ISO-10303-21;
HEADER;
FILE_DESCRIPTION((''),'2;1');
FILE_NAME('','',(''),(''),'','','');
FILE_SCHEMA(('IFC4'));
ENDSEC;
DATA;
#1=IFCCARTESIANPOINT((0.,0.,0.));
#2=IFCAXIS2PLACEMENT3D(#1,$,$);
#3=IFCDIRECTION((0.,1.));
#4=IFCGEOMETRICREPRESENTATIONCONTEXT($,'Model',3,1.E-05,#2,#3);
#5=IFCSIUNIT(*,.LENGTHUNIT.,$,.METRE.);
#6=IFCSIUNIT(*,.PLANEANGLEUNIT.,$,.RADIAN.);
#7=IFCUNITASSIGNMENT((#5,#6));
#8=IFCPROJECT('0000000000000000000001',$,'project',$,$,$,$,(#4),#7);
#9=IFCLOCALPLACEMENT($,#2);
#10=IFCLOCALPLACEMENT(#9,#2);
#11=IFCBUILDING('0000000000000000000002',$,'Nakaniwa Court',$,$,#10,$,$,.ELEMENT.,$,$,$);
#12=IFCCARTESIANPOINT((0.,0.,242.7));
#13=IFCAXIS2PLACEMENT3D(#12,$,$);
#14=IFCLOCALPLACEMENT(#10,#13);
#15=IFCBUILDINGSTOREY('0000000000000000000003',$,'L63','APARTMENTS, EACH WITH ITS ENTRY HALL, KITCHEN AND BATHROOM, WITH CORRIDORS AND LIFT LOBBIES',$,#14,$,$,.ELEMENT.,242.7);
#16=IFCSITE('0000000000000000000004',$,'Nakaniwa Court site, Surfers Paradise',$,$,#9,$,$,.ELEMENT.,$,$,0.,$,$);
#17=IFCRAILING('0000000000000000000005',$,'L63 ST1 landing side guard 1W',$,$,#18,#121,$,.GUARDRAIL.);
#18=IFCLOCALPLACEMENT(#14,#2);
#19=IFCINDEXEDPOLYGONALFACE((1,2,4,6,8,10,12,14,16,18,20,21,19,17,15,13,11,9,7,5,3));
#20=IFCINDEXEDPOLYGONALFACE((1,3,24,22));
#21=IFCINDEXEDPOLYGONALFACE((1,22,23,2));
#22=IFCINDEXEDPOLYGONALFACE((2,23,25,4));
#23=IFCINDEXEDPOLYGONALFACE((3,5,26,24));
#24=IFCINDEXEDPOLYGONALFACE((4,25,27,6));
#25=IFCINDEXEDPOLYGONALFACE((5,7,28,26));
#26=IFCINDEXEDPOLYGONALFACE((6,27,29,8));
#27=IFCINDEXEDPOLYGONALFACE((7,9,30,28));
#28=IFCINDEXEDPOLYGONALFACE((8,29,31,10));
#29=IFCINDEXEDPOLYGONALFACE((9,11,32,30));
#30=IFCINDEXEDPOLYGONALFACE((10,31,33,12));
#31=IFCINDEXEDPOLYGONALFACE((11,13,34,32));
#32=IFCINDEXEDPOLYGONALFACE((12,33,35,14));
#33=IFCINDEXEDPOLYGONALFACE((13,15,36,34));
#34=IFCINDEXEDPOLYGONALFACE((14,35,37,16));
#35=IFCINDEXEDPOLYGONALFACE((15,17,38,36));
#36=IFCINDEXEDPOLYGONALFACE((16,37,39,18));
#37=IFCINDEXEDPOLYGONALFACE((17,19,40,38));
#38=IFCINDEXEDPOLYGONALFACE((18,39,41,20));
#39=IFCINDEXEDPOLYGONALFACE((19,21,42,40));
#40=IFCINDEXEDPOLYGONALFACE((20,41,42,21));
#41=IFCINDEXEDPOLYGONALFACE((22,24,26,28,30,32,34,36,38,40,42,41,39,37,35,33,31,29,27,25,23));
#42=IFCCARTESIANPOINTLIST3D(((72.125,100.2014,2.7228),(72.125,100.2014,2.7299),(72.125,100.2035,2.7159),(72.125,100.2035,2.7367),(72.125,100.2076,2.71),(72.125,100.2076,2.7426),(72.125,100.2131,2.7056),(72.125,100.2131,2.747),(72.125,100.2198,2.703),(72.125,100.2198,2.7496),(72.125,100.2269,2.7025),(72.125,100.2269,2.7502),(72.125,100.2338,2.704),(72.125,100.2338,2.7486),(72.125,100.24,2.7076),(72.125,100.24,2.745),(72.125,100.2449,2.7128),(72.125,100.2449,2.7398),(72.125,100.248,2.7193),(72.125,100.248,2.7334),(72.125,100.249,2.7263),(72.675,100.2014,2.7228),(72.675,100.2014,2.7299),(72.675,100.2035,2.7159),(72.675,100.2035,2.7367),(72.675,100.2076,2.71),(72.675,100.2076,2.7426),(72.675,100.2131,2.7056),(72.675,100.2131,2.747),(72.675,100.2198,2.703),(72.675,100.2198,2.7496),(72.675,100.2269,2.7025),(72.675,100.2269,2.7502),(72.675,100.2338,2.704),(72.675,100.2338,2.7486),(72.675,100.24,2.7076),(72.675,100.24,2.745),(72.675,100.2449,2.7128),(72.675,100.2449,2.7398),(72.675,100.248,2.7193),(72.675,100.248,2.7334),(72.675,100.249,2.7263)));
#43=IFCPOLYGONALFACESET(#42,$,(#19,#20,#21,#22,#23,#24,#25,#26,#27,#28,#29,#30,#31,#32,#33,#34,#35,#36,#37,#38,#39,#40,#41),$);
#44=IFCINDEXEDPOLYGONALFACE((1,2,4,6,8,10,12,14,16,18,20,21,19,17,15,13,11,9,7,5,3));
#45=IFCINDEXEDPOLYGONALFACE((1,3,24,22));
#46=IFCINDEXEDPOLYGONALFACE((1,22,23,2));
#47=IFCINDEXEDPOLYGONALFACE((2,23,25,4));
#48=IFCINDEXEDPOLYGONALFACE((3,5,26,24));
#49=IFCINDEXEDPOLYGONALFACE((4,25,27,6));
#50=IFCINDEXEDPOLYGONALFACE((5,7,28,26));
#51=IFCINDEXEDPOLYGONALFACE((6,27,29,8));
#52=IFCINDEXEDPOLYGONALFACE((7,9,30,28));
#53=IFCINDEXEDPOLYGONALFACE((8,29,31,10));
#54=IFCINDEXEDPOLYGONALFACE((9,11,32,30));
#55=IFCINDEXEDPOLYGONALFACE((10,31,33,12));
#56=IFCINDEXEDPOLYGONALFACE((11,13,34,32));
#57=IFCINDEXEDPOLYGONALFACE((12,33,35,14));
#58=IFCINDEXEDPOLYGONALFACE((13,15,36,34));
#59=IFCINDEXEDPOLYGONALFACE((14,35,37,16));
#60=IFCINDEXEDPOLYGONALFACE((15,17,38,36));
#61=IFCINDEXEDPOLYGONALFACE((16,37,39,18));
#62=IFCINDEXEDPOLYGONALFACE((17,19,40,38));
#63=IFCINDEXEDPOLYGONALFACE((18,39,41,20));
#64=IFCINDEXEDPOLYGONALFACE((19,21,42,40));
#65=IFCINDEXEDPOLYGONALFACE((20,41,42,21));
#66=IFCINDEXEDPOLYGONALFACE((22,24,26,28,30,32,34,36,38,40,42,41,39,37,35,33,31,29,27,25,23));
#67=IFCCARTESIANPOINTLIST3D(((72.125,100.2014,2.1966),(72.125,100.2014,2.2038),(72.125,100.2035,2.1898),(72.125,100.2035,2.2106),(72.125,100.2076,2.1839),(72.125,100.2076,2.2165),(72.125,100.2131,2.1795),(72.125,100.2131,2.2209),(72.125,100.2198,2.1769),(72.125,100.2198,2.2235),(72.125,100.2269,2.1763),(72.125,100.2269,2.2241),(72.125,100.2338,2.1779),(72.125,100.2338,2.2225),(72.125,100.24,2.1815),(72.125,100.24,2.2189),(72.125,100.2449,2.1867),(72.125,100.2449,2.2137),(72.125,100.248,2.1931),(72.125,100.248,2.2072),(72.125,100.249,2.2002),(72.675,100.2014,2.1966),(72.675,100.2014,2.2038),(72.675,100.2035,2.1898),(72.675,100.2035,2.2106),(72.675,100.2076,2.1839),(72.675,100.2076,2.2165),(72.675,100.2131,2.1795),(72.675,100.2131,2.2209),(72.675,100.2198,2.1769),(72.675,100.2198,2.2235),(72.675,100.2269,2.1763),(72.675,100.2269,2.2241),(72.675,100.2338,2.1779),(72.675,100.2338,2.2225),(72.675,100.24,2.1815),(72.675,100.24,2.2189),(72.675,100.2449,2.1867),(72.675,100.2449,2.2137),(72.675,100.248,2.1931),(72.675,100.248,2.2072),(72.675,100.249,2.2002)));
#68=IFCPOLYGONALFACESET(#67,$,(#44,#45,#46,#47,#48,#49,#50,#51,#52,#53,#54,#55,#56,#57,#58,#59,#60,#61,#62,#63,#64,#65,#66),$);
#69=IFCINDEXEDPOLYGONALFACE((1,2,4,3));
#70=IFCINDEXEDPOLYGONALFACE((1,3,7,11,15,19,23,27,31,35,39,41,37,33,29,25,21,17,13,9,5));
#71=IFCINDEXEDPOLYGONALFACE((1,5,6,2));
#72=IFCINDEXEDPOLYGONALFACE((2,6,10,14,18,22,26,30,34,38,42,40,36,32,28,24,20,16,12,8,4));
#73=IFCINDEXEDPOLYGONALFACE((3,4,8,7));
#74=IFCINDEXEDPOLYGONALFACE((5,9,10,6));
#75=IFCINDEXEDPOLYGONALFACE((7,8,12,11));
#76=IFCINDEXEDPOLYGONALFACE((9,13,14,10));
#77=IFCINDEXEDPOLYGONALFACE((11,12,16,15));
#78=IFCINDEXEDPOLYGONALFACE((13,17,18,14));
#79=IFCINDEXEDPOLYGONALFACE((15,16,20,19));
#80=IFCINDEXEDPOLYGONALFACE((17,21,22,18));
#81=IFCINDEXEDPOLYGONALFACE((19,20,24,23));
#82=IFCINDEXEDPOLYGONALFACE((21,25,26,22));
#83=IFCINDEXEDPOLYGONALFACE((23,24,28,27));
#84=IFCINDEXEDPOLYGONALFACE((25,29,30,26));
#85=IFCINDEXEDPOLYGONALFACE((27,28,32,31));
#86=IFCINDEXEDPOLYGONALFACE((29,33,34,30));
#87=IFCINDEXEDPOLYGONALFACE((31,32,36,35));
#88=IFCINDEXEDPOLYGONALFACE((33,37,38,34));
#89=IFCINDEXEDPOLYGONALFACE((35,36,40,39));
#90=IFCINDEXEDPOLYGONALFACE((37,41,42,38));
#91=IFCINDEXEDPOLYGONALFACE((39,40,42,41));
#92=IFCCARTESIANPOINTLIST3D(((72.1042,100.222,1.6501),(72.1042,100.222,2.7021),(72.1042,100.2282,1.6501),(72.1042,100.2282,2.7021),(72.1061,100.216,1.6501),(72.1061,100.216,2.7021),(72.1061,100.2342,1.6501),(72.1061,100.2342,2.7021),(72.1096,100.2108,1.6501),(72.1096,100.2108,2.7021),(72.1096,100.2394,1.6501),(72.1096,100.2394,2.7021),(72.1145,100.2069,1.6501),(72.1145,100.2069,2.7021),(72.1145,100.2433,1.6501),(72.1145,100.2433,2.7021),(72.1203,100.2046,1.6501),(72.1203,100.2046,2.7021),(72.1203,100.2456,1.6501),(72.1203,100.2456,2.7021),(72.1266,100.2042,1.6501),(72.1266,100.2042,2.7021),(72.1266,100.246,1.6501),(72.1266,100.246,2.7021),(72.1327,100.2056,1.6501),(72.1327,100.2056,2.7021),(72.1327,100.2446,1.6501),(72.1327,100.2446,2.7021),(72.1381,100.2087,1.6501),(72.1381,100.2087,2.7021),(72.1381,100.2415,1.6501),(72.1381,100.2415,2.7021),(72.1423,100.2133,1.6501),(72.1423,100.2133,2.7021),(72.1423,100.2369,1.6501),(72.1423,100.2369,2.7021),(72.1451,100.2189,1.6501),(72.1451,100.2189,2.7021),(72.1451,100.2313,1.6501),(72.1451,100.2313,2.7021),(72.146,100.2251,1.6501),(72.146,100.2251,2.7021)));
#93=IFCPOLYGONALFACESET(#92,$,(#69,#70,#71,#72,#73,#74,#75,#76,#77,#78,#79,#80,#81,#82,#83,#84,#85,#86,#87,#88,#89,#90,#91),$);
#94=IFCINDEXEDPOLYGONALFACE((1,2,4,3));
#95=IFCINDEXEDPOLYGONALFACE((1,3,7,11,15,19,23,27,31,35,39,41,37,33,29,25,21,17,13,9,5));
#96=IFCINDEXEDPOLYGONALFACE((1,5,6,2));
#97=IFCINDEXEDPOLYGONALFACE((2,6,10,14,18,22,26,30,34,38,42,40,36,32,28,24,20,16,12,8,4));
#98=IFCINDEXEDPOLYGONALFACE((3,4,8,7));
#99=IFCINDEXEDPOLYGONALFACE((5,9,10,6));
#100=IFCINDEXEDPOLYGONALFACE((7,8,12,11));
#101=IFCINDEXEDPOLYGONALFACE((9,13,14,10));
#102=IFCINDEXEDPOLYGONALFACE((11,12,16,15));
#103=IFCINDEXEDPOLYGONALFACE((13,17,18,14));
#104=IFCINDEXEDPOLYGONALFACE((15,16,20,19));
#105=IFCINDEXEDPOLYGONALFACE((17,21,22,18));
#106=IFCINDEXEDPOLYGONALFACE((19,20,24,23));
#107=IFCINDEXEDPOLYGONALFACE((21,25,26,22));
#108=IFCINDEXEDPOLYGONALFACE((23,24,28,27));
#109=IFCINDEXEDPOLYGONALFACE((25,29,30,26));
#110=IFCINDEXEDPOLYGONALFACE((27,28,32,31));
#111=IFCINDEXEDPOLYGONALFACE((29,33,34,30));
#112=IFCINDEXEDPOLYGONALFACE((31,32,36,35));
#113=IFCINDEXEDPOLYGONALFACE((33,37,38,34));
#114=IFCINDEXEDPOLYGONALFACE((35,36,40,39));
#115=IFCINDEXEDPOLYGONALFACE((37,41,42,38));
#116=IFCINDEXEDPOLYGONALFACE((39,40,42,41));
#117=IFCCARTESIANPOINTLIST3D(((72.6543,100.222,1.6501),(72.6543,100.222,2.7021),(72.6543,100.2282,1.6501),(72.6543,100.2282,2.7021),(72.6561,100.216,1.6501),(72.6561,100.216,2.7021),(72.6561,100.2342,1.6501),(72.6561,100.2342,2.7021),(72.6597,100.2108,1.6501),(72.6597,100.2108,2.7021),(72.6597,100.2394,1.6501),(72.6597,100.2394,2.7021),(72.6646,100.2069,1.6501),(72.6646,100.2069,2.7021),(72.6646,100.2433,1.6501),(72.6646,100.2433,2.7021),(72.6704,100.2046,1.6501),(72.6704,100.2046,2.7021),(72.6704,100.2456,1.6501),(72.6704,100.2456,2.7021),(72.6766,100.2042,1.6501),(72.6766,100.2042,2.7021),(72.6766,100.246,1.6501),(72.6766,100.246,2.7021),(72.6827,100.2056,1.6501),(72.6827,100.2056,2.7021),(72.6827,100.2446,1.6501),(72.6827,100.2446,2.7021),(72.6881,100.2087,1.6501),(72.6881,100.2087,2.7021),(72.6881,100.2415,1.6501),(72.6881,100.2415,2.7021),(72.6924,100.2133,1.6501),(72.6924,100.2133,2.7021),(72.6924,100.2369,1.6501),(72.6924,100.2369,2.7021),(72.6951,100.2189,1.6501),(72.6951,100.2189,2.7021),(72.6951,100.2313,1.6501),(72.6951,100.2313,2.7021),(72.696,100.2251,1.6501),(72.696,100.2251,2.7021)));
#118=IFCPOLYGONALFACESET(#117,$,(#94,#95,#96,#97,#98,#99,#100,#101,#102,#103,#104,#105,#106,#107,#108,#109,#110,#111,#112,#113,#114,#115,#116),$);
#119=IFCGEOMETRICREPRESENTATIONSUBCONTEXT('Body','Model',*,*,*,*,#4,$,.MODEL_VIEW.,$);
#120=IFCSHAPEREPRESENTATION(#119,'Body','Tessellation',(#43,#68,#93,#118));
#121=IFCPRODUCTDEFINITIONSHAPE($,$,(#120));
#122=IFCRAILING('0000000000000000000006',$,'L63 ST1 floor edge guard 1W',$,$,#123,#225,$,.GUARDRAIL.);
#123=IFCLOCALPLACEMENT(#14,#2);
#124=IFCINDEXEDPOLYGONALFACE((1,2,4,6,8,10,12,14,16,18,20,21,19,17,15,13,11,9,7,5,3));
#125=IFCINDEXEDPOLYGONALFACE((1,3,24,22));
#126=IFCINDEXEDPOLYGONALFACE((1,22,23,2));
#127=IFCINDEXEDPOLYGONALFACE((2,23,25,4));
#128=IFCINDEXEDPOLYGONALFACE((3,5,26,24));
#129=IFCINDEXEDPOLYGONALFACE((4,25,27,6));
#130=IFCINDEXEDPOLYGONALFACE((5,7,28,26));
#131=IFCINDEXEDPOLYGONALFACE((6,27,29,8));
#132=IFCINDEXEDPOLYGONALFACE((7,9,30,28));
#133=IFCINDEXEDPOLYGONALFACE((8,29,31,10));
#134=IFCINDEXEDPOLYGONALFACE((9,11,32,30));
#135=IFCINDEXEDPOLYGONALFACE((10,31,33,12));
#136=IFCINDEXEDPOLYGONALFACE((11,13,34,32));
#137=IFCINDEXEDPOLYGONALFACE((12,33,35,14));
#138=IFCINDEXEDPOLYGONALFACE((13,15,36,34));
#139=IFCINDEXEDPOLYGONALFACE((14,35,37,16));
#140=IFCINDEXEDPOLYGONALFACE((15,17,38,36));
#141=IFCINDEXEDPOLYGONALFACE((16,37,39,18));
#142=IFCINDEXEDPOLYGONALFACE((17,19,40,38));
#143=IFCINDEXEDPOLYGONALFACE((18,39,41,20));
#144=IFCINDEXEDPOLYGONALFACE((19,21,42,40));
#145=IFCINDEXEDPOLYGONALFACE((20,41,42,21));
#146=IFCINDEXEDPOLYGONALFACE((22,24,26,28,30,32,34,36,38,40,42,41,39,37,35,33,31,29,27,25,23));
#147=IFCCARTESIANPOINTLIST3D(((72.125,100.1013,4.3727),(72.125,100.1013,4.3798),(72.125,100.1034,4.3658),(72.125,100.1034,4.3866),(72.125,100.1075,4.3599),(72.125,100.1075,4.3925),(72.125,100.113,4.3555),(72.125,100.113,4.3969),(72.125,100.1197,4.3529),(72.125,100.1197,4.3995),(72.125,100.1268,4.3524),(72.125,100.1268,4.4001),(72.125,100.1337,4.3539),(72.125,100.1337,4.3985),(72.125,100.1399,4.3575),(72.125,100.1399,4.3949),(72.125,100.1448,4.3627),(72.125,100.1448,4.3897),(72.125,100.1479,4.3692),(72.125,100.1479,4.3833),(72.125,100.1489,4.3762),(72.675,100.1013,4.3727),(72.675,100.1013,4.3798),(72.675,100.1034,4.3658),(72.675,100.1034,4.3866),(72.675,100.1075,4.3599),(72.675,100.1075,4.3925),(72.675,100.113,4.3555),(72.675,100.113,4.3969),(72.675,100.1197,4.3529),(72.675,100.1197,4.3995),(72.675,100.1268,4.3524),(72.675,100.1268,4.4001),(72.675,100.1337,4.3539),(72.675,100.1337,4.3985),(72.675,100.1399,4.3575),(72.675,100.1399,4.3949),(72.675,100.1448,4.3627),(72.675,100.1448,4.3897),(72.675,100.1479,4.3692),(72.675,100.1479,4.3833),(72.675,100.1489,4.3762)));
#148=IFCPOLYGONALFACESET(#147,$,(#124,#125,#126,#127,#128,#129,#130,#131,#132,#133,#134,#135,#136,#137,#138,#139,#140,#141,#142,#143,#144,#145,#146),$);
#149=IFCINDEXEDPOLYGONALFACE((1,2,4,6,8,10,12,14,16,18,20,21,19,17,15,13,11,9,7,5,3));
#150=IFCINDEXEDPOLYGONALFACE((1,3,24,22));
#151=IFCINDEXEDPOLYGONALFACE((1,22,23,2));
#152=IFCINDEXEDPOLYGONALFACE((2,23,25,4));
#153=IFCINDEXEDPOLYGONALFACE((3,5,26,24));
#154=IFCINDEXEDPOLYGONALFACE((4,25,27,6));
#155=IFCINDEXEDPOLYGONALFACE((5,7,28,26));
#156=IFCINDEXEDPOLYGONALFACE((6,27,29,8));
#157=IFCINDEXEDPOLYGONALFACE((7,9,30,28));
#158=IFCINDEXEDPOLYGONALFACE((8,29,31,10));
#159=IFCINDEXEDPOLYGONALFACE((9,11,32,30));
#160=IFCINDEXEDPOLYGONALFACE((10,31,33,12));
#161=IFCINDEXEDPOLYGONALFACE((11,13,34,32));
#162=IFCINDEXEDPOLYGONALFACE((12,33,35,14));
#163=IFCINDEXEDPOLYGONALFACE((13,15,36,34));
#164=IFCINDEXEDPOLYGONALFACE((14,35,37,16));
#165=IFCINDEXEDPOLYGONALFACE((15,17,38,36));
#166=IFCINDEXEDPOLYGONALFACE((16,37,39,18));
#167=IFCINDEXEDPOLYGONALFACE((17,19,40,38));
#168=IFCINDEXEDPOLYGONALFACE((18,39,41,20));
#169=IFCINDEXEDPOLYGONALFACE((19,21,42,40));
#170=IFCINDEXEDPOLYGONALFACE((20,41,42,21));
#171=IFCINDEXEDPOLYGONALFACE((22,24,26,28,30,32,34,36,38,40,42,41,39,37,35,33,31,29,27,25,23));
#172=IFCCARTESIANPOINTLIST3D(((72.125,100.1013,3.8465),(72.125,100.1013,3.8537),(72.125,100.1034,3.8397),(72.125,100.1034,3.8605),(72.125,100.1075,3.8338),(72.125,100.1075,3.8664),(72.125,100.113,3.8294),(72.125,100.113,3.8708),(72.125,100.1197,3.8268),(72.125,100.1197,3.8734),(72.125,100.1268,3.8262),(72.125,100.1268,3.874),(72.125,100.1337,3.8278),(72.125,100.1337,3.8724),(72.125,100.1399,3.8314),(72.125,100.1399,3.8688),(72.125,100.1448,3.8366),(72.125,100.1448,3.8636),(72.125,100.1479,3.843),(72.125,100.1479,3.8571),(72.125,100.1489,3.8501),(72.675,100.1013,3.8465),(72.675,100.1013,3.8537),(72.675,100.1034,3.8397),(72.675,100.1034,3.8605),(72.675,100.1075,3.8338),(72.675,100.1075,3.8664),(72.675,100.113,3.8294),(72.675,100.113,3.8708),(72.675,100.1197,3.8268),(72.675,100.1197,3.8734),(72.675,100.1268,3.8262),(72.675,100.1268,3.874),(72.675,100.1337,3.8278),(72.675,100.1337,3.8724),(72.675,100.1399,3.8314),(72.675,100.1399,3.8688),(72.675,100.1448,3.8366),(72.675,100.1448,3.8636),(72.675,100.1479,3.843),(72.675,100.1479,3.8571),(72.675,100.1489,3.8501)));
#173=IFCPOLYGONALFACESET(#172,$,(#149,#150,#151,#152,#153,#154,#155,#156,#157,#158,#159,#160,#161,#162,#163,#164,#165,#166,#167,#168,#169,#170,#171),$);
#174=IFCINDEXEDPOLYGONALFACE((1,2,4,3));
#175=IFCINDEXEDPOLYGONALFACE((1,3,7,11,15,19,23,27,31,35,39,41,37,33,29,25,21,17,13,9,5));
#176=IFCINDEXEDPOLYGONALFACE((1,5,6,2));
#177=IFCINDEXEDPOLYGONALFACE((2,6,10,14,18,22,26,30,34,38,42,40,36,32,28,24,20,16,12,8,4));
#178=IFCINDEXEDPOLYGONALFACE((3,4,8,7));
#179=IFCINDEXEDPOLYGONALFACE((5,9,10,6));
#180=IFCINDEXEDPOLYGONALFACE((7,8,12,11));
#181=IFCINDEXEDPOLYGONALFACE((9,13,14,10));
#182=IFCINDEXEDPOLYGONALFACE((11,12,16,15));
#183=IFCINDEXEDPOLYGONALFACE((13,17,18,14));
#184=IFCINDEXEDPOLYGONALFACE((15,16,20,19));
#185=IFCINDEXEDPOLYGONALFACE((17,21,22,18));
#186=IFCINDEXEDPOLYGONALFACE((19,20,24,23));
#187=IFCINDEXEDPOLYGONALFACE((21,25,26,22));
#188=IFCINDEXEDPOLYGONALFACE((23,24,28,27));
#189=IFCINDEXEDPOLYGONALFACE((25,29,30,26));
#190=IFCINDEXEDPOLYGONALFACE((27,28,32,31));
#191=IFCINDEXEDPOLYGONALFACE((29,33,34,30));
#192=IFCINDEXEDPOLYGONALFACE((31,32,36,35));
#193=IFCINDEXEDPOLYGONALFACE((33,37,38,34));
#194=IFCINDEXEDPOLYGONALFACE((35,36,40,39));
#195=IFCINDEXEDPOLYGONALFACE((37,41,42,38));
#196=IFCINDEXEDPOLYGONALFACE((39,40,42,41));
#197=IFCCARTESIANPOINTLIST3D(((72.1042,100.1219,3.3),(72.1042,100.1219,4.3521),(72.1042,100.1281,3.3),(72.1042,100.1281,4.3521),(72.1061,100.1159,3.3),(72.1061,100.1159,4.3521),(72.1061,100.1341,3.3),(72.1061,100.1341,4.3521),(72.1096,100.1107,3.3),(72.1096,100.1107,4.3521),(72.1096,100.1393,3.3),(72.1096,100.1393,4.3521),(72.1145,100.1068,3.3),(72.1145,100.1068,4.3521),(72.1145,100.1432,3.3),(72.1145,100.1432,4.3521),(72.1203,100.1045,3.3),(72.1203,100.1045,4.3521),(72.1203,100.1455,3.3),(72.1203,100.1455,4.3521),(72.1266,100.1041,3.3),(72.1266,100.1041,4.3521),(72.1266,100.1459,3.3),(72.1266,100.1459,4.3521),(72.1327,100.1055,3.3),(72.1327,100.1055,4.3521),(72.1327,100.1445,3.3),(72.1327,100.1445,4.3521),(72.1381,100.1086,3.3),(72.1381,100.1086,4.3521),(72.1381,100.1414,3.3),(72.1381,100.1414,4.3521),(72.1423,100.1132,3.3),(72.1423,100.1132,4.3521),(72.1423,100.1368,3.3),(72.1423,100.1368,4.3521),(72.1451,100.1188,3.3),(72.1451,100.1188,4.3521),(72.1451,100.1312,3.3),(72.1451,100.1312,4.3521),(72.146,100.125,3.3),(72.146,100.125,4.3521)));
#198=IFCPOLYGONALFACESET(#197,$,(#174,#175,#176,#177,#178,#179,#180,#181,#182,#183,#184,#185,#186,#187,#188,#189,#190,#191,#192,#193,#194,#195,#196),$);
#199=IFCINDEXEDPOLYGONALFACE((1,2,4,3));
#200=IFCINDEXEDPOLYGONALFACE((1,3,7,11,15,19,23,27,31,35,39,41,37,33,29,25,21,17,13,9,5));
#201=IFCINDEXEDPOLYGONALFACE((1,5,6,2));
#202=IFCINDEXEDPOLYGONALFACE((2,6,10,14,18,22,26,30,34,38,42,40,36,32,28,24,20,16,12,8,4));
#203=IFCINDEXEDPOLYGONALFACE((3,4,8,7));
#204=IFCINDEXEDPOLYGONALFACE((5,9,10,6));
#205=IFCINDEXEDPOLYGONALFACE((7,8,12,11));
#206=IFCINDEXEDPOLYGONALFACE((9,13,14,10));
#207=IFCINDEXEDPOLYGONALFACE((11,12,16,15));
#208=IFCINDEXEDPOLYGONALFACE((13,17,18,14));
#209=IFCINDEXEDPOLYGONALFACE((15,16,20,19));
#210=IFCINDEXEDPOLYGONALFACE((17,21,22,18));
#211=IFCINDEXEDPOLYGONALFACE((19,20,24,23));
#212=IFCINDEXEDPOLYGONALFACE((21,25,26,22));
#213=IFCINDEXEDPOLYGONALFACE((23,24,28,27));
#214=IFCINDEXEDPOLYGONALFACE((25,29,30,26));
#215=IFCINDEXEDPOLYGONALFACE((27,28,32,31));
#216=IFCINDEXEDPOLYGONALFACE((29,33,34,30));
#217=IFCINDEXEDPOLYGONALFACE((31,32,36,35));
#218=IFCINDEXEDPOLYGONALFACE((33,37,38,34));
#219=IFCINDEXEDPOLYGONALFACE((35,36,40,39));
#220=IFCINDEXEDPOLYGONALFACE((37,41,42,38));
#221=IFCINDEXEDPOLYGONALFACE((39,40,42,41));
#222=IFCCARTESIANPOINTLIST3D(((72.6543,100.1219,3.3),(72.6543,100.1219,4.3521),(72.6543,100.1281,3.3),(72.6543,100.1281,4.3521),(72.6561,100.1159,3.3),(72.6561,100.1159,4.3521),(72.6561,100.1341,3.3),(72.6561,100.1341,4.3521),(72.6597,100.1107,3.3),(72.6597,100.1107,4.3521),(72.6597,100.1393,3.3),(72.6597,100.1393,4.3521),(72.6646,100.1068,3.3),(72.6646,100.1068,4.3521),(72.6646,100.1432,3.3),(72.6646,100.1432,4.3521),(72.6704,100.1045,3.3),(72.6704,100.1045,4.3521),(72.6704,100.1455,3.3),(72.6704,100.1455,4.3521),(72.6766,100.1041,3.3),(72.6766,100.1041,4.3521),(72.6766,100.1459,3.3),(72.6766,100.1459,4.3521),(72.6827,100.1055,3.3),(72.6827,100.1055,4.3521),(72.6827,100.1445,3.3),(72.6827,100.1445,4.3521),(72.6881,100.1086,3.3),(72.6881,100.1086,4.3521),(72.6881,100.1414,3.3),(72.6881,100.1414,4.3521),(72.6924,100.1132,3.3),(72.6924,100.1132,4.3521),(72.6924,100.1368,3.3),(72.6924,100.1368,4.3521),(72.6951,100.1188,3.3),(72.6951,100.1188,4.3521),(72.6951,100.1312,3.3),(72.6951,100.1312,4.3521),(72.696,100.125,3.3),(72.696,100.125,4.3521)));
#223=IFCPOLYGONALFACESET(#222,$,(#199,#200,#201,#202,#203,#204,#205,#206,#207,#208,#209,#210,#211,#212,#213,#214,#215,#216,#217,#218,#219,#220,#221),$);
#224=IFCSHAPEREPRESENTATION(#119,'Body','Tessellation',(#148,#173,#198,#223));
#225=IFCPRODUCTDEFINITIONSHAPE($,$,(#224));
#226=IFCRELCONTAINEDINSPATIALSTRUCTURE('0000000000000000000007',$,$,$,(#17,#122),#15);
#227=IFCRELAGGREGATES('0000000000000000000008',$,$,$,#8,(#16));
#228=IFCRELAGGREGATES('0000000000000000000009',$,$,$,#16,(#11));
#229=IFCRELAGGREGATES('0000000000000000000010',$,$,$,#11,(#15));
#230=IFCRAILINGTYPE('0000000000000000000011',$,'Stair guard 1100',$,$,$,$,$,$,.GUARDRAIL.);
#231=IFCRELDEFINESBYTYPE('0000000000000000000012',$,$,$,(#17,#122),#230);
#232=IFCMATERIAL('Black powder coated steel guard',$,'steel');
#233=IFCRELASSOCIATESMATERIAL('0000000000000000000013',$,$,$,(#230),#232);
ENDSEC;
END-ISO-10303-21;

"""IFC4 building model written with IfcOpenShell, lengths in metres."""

from ifc_helpers import new_model, si_unit, direction, frame, origin, origin_2d, place, context, subcontext, project, spatial, circle, extrude, material, type_object, element, save


model = new_model("IFC4")

# Units and contexts
model_context = context("Model", 3, precision=1e-05, world=origin(), true_north=direction((0.0, 1.0)))
body_context = subcontext(model_context, "Body", "Model", "MODEL_VIEW")
ifc_project = project(units=[si_unit("LENGTHUNIT", "METRE"), si_unit("PLANEANGLEUNIT", "RADIAN")], contexts=[model_context])

# Site, building, storey
site_placement = place(None, origin())
site = spatial("IfcSite", under=ifc_project, at=site_placement, Name="Nakaniwa Court site, Surfers Paradise", CompositionType="ELEMENT", RefElevation=0.0)
building_placement = place(site_placement, origin())
building = spatial("IfcBuilding", under=site, at=building_placement, Name="Nakaniwa Court", CompositionType="ELEMENT")
storey_placement = place(building_placement, frame((0.0, 0.0, 242.7)))
storey = spatial("IfcBuildingStorey", under=building, at=storey_placement, Name="L63", Description="APARTMENTS, EACH WITH ITS ENTRY HALL, KITCHEN AND BATHROOM, WITH CORRIDORS AND LIFT LOBBIES", CompositionType="ELEMENT", Elevation=242.7)

# Railings
ifc_material_1 = material(Name="Black powder coated steel guard", Category="steel")
railing_type_1 = type_object("IfcRailingType", Name="Stair guard 1100", PredefinedType="GUARDRAIL", material=ifc_material_1)
for number, where, name in (
    (1, (72.125, 100.2251, 1.6501), "L63 ST1 landing side guard 1W"),
    (2, (72.125, 100.125, 3.3), "L63 ST1 floor edge guard 1W"),
):
    element("IfcRailing", number, at=place(storey_placement, frame(where)), inside=storey, type_object=railing_type_1, Name=name, PredefinedType="GUARDRAIL", context=body_context, shape_type="SweptSolid", body=[
        extrude(circle(Radius=0.0239, at=origin_2d()), frame((0.0, 0.0, 1.0762), z_axis=(1.0, 0.0, 0.0), x_axis=(0.0, 1.0, 0.0)), (0.0, 0.0, 1.0), 0.55),
        extrude(circle(Radius=0.0239, at=origin_2d()), frame((0.0, 0.0, 0.55), z_axis=(1.0, 0.0, 0.0), x_axis=(0.0, 1.0, 0.0)), (0.0, 0.0, 1.0), 0.55),
        extrude(circle(Radius=0.021, at=origin_2d()), origin(), (0.0, 0.0, 1.0), 1.052),
        extrude(circle(Radius=0.021, at=origin_2d()), frame((0.55, 0.0, 0.0)), (0.0, 0.0, 1.0), 1.052),
    ])

save(model, "model.ifc")
